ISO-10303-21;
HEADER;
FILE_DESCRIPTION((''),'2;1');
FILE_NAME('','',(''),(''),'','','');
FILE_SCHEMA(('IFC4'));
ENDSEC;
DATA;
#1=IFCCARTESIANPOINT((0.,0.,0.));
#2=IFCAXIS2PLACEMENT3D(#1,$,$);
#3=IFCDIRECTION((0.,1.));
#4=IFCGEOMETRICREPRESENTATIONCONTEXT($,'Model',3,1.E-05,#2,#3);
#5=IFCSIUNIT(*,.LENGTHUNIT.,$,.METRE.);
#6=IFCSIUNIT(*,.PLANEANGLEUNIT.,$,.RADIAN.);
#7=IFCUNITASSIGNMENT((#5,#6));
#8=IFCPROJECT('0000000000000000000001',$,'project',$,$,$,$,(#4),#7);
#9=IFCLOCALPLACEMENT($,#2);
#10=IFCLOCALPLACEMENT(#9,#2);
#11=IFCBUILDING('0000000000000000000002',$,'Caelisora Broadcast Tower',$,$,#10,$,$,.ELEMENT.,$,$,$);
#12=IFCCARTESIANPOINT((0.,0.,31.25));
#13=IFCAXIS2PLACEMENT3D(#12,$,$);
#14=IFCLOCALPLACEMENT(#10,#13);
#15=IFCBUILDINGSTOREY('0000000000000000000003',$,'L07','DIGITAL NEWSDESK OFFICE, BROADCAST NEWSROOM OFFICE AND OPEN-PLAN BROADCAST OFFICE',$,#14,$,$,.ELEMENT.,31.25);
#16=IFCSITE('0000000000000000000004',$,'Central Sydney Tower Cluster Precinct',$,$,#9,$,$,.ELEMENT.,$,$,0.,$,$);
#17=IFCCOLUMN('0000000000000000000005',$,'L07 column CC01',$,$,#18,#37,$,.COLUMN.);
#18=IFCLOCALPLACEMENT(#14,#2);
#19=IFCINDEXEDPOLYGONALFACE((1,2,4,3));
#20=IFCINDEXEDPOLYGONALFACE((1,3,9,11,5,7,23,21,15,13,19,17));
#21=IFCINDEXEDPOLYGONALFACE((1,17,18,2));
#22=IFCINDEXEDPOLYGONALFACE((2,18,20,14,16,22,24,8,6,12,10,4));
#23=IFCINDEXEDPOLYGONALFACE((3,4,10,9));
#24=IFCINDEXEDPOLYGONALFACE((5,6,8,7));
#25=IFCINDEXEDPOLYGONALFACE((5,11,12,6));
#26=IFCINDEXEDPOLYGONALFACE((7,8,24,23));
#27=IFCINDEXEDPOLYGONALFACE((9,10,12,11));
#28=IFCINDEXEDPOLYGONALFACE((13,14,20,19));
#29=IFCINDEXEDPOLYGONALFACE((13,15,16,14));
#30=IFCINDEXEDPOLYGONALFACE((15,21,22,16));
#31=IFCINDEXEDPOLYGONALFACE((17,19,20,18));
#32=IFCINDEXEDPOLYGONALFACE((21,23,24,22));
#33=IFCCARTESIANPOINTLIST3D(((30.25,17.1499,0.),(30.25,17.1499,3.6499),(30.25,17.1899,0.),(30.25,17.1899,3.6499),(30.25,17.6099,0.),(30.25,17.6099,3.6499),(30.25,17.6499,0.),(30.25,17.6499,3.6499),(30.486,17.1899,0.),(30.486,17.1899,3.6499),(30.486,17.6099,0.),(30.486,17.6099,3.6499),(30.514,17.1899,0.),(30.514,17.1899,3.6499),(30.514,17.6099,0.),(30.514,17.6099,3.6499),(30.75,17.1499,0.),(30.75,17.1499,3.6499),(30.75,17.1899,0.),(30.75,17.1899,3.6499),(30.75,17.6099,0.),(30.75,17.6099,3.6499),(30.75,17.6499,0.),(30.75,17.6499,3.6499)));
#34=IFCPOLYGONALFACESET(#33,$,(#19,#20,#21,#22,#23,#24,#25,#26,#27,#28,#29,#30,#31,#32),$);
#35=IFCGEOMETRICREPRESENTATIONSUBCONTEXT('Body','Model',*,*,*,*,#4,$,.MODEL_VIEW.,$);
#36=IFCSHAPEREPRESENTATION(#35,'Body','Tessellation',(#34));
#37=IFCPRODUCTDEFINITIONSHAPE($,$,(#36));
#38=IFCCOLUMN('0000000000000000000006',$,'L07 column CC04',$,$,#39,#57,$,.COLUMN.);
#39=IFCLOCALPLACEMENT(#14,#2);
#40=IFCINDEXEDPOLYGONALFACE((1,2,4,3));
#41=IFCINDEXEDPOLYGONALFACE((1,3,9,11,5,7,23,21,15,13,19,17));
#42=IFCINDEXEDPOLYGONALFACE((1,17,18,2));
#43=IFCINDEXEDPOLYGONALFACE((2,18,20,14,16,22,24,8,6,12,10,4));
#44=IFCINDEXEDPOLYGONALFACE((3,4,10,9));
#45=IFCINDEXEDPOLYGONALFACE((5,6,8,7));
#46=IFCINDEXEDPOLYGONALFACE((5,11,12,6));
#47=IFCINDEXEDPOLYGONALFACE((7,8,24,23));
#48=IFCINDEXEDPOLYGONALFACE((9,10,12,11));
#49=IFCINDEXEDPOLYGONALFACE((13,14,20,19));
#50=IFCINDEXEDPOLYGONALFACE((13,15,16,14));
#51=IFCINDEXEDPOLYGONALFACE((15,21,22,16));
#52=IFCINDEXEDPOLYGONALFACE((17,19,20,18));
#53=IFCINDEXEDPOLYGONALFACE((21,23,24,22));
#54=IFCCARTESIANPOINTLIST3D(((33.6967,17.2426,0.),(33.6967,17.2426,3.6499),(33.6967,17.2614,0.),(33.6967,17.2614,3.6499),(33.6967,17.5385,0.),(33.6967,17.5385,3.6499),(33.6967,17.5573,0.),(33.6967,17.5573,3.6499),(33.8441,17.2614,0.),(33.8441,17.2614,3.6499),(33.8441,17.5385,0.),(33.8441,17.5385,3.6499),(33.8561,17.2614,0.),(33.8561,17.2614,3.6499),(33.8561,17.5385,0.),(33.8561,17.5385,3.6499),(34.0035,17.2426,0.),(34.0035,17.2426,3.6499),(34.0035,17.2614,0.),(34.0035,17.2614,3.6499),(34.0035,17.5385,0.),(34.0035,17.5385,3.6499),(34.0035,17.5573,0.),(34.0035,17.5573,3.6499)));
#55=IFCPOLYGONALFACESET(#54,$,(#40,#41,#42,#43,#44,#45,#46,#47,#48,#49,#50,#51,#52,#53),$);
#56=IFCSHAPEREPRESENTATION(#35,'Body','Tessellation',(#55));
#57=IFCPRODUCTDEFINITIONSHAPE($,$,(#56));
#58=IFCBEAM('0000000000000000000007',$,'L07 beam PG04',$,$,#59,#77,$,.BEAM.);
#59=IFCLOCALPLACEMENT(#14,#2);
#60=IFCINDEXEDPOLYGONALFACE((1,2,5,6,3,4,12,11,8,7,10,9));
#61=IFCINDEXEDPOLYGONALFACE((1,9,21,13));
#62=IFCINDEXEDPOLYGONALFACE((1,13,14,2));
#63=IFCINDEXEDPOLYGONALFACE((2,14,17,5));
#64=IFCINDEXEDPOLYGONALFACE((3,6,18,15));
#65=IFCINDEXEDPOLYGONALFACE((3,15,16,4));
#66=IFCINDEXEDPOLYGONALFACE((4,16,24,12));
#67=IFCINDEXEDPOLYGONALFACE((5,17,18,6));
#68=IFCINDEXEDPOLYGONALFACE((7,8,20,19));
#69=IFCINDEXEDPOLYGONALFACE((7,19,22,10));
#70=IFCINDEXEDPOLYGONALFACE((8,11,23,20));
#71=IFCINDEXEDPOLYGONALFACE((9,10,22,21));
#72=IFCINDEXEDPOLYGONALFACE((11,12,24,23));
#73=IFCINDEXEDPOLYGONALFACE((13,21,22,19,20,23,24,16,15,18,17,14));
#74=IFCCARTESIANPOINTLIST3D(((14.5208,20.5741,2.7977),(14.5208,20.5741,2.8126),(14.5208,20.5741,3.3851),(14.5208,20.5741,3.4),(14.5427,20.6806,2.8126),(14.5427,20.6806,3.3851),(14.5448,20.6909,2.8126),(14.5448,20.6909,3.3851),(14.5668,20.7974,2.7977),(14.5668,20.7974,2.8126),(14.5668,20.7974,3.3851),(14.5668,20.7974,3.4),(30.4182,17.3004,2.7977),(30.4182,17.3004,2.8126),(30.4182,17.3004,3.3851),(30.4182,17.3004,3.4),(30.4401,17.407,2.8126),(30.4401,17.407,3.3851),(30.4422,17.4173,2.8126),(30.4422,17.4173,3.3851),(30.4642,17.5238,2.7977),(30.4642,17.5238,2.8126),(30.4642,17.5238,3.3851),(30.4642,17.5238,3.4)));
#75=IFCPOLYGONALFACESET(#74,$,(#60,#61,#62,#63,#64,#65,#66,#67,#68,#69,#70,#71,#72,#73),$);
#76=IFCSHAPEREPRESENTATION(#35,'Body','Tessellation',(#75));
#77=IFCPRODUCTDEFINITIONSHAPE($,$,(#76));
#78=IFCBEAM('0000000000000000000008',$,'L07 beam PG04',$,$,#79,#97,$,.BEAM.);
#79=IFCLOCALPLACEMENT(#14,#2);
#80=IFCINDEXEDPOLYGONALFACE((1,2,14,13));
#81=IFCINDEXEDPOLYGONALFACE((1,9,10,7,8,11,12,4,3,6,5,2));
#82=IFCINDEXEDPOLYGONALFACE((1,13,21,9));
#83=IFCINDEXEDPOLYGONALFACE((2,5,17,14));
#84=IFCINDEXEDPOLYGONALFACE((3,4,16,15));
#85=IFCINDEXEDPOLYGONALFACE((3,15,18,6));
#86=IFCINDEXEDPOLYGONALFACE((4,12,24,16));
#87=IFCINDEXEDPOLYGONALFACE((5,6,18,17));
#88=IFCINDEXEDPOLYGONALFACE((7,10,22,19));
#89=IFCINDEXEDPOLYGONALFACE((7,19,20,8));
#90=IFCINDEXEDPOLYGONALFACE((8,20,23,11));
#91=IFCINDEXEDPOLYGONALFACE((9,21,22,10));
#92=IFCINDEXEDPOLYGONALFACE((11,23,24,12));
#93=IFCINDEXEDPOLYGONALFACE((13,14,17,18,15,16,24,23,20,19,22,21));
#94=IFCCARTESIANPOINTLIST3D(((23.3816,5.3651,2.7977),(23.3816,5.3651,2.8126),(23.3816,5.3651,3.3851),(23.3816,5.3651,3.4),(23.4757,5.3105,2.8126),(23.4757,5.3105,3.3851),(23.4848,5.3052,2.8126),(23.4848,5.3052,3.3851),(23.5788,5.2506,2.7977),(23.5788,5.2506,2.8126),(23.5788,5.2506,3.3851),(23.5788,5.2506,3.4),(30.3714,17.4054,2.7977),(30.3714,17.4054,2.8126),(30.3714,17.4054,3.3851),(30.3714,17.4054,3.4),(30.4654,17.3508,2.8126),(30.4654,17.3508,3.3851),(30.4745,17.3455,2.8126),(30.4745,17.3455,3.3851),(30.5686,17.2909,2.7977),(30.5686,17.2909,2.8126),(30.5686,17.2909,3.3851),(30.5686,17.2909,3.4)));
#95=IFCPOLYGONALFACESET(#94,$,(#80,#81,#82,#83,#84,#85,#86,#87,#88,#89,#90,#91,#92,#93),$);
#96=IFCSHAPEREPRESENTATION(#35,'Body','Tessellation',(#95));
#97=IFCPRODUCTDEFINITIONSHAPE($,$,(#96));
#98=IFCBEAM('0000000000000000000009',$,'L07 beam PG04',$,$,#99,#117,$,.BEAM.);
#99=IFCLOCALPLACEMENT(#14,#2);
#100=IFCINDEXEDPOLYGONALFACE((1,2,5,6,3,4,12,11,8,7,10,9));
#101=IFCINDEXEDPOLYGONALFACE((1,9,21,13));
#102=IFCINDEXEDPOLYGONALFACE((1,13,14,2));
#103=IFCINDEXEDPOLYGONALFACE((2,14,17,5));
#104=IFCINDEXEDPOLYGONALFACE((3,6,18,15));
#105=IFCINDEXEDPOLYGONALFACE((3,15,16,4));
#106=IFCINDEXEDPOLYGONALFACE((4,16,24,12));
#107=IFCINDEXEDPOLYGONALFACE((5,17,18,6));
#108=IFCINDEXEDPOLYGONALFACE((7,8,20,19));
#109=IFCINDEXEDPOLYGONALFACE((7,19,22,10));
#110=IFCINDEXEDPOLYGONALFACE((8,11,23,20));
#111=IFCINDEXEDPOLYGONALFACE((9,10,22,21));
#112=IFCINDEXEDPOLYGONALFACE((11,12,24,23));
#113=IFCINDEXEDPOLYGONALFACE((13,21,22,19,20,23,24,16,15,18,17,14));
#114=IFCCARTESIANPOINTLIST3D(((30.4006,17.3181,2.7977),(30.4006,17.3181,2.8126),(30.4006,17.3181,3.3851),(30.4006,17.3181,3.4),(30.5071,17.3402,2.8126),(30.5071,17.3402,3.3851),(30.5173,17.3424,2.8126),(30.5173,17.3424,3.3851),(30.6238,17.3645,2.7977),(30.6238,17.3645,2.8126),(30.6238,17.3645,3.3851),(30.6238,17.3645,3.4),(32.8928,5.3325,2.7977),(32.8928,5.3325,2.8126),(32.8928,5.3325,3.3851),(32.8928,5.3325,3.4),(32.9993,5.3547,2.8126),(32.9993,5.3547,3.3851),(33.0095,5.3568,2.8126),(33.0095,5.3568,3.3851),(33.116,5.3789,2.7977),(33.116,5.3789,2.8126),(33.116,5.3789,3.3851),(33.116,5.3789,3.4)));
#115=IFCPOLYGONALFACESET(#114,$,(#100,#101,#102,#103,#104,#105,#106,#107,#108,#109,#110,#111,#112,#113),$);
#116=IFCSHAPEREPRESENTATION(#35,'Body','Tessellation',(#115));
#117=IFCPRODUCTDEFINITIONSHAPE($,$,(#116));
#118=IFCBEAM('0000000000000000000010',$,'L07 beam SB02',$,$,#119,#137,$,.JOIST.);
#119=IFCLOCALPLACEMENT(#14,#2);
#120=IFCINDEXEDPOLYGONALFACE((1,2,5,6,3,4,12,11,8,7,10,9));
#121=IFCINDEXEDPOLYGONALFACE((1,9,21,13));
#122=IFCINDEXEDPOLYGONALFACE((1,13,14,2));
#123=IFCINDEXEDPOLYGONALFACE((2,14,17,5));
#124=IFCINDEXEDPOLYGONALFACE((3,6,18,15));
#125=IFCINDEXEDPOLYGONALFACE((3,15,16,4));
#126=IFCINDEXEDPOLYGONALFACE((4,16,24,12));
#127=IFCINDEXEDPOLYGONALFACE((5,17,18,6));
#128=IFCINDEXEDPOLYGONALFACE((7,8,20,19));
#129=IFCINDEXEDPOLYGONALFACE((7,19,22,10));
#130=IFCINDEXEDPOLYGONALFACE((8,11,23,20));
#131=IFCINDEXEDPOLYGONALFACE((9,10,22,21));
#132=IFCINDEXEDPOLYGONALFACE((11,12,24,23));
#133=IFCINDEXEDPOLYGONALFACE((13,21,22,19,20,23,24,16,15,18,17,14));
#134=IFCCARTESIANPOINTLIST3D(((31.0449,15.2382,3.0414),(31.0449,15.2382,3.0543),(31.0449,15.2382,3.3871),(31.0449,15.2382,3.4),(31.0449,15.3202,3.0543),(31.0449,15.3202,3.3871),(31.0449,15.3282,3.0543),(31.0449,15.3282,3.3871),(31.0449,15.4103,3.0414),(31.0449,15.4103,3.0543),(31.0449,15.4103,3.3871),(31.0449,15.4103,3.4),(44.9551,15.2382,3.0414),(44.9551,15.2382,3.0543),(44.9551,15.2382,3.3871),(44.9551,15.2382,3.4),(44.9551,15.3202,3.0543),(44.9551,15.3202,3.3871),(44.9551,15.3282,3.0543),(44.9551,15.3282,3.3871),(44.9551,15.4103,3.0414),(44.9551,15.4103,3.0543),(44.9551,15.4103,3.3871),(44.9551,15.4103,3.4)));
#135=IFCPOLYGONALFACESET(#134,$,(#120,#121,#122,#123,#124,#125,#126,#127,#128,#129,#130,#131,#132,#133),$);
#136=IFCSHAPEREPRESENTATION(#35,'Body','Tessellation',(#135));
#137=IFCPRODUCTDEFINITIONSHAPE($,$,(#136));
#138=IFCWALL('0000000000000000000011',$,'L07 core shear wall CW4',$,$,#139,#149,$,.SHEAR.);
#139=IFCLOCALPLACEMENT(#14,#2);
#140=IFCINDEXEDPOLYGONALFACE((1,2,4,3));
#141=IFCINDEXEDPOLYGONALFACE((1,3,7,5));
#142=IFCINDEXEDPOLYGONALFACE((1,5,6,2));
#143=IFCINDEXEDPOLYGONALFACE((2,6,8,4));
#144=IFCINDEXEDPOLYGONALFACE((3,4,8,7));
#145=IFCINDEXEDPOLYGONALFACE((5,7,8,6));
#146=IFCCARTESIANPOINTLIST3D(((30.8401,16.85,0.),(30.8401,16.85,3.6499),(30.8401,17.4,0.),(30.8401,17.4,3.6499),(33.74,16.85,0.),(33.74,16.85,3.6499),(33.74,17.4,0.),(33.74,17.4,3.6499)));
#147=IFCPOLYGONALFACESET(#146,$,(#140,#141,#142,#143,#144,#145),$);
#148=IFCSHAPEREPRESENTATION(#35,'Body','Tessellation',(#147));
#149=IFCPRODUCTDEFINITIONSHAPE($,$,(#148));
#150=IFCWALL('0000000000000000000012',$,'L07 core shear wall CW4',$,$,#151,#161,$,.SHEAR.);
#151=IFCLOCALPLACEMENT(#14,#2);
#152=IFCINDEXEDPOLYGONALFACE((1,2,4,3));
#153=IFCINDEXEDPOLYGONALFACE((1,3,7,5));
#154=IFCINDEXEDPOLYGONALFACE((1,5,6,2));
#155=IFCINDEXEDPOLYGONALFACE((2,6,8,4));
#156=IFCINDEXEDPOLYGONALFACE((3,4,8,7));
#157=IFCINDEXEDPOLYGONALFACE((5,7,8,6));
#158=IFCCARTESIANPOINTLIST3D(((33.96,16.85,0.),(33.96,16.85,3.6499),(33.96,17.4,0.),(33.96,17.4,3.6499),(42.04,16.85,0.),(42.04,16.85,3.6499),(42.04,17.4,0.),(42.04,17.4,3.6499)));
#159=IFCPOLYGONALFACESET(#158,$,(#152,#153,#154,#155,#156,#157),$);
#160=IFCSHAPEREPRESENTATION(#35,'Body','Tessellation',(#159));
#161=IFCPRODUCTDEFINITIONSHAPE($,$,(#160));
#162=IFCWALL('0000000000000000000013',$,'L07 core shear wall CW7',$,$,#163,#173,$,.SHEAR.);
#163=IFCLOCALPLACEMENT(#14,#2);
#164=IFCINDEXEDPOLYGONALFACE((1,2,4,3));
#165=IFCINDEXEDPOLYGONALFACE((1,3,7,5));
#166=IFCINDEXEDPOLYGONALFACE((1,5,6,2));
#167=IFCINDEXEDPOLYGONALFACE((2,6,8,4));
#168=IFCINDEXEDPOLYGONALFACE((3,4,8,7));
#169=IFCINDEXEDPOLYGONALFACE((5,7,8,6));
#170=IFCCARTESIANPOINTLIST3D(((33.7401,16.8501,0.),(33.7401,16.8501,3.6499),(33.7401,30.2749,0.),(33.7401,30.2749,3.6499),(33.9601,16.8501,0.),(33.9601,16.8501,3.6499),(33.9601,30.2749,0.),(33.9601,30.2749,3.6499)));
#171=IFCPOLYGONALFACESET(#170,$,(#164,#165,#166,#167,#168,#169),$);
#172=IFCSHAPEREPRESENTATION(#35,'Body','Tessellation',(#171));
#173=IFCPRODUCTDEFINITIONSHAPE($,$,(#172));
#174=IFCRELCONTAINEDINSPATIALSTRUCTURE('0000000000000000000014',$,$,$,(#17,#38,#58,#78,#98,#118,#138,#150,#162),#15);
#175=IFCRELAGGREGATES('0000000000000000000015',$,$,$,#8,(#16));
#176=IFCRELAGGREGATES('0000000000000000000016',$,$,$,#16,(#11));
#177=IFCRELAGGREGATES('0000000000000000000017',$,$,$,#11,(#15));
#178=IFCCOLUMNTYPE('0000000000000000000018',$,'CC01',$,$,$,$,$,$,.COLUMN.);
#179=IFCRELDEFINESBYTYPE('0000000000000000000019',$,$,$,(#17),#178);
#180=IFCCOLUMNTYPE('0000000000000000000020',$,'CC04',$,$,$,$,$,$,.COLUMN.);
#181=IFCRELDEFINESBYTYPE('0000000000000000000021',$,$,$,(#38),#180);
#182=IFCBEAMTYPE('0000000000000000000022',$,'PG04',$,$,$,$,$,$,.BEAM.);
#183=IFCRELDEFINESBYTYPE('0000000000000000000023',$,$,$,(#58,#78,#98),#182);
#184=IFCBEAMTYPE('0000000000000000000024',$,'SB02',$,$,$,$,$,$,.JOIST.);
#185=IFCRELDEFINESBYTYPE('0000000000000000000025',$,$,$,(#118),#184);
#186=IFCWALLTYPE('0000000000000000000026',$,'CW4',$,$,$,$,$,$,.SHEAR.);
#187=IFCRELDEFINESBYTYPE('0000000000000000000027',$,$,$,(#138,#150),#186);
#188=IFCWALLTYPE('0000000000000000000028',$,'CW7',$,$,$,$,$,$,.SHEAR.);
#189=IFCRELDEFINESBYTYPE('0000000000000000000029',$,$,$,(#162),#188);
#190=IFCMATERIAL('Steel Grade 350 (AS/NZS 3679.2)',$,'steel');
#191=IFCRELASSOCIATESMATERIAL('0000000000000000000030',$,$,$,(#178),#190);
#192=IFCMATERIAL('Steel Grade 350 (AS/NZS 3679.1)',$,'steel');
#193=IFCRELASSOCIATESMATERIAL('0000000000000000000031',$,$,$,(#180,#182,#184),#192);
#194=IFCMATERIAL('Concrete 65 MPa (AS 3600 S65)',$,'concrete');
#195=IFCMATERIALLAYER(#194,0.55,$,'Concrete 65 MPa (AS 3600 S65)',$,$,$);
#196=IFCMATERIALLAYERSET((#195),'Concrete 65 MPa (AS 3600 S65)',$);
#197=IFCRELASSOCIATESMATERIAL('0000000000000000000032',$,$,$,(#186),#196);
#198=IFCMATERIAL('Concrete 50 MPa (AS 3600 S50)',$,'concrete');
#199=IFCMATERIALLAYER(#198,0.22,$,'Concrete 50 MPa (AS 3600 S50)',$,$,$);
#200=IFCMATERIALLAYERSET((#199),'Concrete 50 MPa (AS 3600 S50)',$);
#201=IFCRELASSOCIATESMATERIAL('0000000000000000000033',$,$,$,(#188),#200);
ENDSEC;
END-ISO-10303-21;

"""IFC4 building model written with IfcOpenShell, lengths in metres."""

from ifc_helpers import new_model, si_unit, direction, frame, frame_2d, origin, origin_2d, place, context, subcontext, project, spatial, rectangle, i_section, extrude, source, transform, mapped, material, layer, layer_set, material_profile, profile_set, type_object, type_shapes, element, save


model = new_model("IFC4")

# Units and contexts
model_context = context("Model", 3, precision=1e-05, world=origin(), true_north=direction((0.0, 1.0)))
body_context = subcontext(model_context, "Body", "Model", "MODEL_VIEW")
ifc_project = project(units=[si_unit("LENGTHUNIT", "METRE"), si_unit("PLANEANGLEUNIT", "RADIAN")], contexts=[model_context])

# Site, building, storey
site_placement = place(None, origin())
site = spatial("IfcSite", under=ifc_project, at=site_placement, Name="Central Sydney Tower Cluster Precinct", CompositionType="ELEMENT", RefElevation=0.0)
building_placement = place(site_placement, origin())
building = spatial("IfcBuilding", under=site, at=building_placement, Name="Caelisora Broadcast Tower", CompositionType="ELEMENT")
storey_placement = place(building_placement, frame((0.0, 0.0, 31.25)))
storey = spatial("IfcBuildingStorey", under=building, at=storey_placement, Name="L07", Description="DIGITAL NEWSDESK OFFICE, BROADCAST NEWSROOM OFFICE AND OPEN-PLAN BROADCAST OFFICE", CompositionType="ELEMENT", Elevation=31.25)

# Columns
ifc_material_1 = material(Name="Steel Grade 350 (AS/NZS 3679.2)", Category="steel")
ifc_material_profile_1 = material_profile(ifc_material_1, i_section(OverallWidth=0.5, OverallDepth=0.5, WebThickness=0.0281, FlangeThickness=0.04, at=origin_2d()), Name="Steel Grade 350 (AS/NZS 3679.2)")
ifc_profile_set_1 = profile_set([ifc_material_profile_1], Name="Steel Grade 350 (AS/NZS 3679.2)")
column_type_1 = type_object("IfcColumnType", Name="CC01", PredefinedType="COLUMN", material=ifc_profile_set_1)
shared_shape_1 = source(origin(), body_context, "Body", "SweptSolid", [
    extrude(i_section(OverallWidth=0.5, OverallDepth=0.5, WebThickness=0.0281, FlangeThickness=0.04, at=origin_2d()), origin(), (0.0, 0.0, 1.0), 3.6499),
])
type_shapes(column_type_1, [shared_shape_1])
column_1_placement = place(storey_placement, frame((30.5, 17.3999, 0.0), z_axis=(0.0, 0.0, 1.0), x_axis=(1.0, 0.0, 0.0)))
element("IfcColumn", 1, at=column_1_placement, inside=storey, type_object=column_type_1, Name="L07 column CC01", PredefinedType="COLUMN", context=body_context, shape_type="MappedRepresentation", body=[
    mapped(shared_shape_1, transform((0.0, 0.0, 0.0), scale=1.0)),
])
ifc_material_2 = material(Name="Steel Grade 350 (AS/NZS 3679.1)", Category="steel")
ifc_material_profile_2 = material_profile(ifc_material_2, i_section(OverallWidth=0.3069, OverallDepth=0.3147, WebThickness=0.012, FlangeThickness=0.0188, at=origin_2d()), Name="Steel Grade 350 (AS/NZS 3679.1)")
ifc_profile_set_2 = profile_set([ifc_material_profile_2], Name="Steel Grade 350 (AS/NZS 3679.1)")
column_type_2 = type_object("IfcColumnType", Name="CC04", PredefinedType="COLUMN", material=ifc_profile_set_2)
shared_shape_2 = source(origin(), body_context, "Body", "SweptSolid", [
    extrude(i_section(OverallWidth=0.3069, OverallDepth=0.3147, WebThickness=0.012, FlangeThickness=0.0188, at=origin_2d()), origin(), (0.0, 0.0, 1.0), 3.6499),
])
type_shapes(column_type_2, [shared_shape_2])
column_2_placement = place(storey_placement, frame((33.8501, 17.3999, 0.0), z_axis=(0.0, 0.0, 1.0), x_axis=(1.0, 0.0, 0.0)))
element("IfcColumn", 2, at=column_2_placement, inside=storey, type_object=column_type_2, Name="L07 column CC04", PredefinedType="COLUMN", context=body_context, shape_type="MappedRepresentation", body=[
    mapped(shared_shape_2, transform((0.0, 0.0, 0.0), scale=1.0)),
])

# Beams
ifc_material_profile_3 = material_profile(ifc_material_2, i_section(OverallWidth=0.228, OverallDepth=0.6023, WebThickness=0.0105, FlangeThickness=0.0149, at=origin_2d()), Name="Steel Grade 350 (AS/NZS 3679.1)")
ifc_profile_set_3 = profile_set([ifc_material_profile_3], Name="Steel Grade 350 (AS/NZS 3679.1)")
beam_type_1 = type_object("IfcBeamType", Name="PG04", PredefinedType="BEAM", material=ifc_profile_set_3)
shared_shape_3 = source(origin(), body_context, "Body", "SweptSolid", [
    extrude(i_section(OverallWidth=0.228, OverallDepth=0.6023, WebThickness=0.0105, FlangeThickness=0.0149, at=origin_2d()), origin(), (0.0, 0.0, 1.0), 16.231),
])
beam_1_placement = place(storey_placement, frame((30.4412, 17.4121, 3.0989), z_axis=(-0.979449, 0.201693, 0.0), x_axis=(-0.201693, -0.979449, 0.0)))
element("IfcBeam", 3, at=beam_1_placement, inside=storey, type_object=beam_type_1, Name="L07 beam PG04", PredefinedType="BEAM", context=body_context, shape_type="MappedRepresentation", body=[
    mapped(shared_shape_3, transform((0.0, 0.0, 0.0), scale=1.0)),
])
shared_shape_4 = source(origin(), body_context, "Body", "SweptSolid", [
    extrude(i_section(OverallWidth=0.228, OverallDepth=0.6023, WebThickness=0.0105, FlangeThickness=0.0149, at=origin_2d()), origin(), (0.0, 0.0, 1.0), 13.9221),
])
beam_2_placement = place(storey_placement, frame((30.47, 17.3481, 3.0989), z_axis=(-0.502061, -0.864832, 0.0), x_axis=(0.864832, -0.502061, 0.0)))
element("IfcBeam", 4, at=beam_2_placement, inside=storey, type_object=beam_type_1, Name="L07 beam PG04", PredefinedType="BEAM", context=body_context, shape_type="MappedRepresentation", body=[
    mapped(shared_shape_4, transform((0.0, 0.0, 0.0), scale=1.0)),
])
shared_shape_5 = source(origin(), body_context, "Body", "SweptSolid", [
    extrude(i_section(OverallWidth=0.228, OverallDepth=0.6023, WebThickness=0.0105, FlangeThickness=0.0149, at=origin_2d()), origin(), (0.0, 0.0, 1.0), 12.2419),
])
type_shapes(beam_type_1, [shared_shape_3, shared_shape_4, shared_shape_5])
beam_3_placement = place(storey_placement, frame((30.5122, 17.3413, 3.0989), z_axis=(0.203578, -0.979059, 0.0), x_axis=(0.979059, 0.203578, 0.0)))
element("IfcBeam", 5, at=beam_3_placement, inside=storey, type_object=beam_type_1, Name="L07 beam PG04", PredefinedType="BEAM", context=body_context, shape_type="MappedRepresentation", body=[
    mapped(shared_shape_5, transform((0.0, 0.0, 0.0), scale=1.0)),
])
ifc_material_profile_4 = material_profile(ifc_material_2, i_section(OverallWidth=0.1721, OverallDepth=0.3586, WebThickness=0.0081, FlangeThickness=0.0129, at=origin_2d()), Name="Steel Grade 350 (AS/NZS 3679.1)")
ifc_profile_set_4 = profile_set([ifc_material_profile_4], Name="Steel Grade 350 (AS/NZS 3679.1)")
beam_type_2 = type_object("IfcBeamType", Name="SB02", PredefinedType="JOIST", material=ifc_profile_set_4)
shared_shape_6 = source(origin(), body_context, "Body", "SweptSolid", [
    extrude(i_section(OverallWidth=0.1721, OverallDepth=0.3586, WebThickness=0.0081, FlangeThickness=0.0129, at=origin_2d()), origin(), (0.0, 0.0, 1.0), 13.9102),
])
type_shapes(beam_type_2, [shared_shape_6])
beam_4_placement = place(storey_placement, frame((31.0449, 15.3242, 3.2207), z_axis=(1.0, 0.0, 0.0), x_axis=(0.0, 1.0, 0.0)))
element("IfcBeam", 6, at=beam_4_placement, inside=storey, type_object=beam_type_2, Name="L07 beam SB02", PredefinedType="JOIST", context=body_context, shape_type="MappedRepresentation", body=[
    mapped(shared_shape_6, transform((0.0, 0.0, 0.0), scale=1.0)),
])

# Shared definitions
ifc_material_3 = material(Name="Concrete 65 MPa (AS 3600 S65)", Category="concrete")

# Walls
ifc_layer_1 = layer(ifc_material_3, 0.55, Name="Concrete 65 MPa (AS 3600 S65)")
ifc_layer_set_1 = layer_set([ifc_layer_1], Name="Concrete 65 MPa (AS 3600 S65)")
wall_type_1 = type_object("IfcWallType", Name="CW4", PredefinedType="SHEAR", material=ifc_layer_set_1)
wall_1_placement = place(storey_placement, frame((30.8401, 17.125, 0.0), z_axis=(0.0, 0.0, 1.0), x_axis=(1.0, 0.0, 0.0)))
element("IfcWall", 7, at=wall_1_placement, inside=storey, type_object=wall_type_1, Name="L07 core shear wall CW4", PredefinedType="SHEAR", context=body_context, shape_type="SweptSolid", body=[
    extrude(rectangle(XDim=2.8999, YDim=0.55, at=frame_2d((1.45, 0.0))), origin(), (0.0, 0.0, 1.0), 3.6499),
])
wall_2_placement = place(storey_placement, frame((33.96, 17.125, 0.0), z_axis=(0.0, 0.0, 1.0), x_axis=(1.0, 0.0, 0.0)))
element("IfcWall", 8, at=wall_2_placement, inside=storey, type_object=wall_type_1, Name="L07 core shear wall CW4", PredefinedType="SHEAR", context=body_context, shape_type="SweptSolid", body=[
    extrude(rectangle(XDim=8.0801, YDim=0.55, at=frame_2d((4.04, 0.0))), origin(), (0.0, 0.0, 1.0), 3.6499),
])
ifc_material_4 = material(Name="Concrete 50 MPa (AS 3600 S50)", Category="concrete")
ifc_layer_2 = layer(ifc_material_4, 0.22, Name="Concrete 50 MPa (AS 3600 S50)")
ifc_layer_set_2 = layer_set([ifc_layer_2], Name="Concrete 50 MPa (AS 3600 S50)")
wall_type_2 = type_object("IfcWallType", Name="CW7", PredefinedType="SHEAR", material=ifc_layer_set_2)
wall_3_placement = place(storey_placement, frame((33.8501, 16.8501, 0.0), z_axis=(0.0, 0.0, 1.0), x_axis=(0.0, 1.0, 0.0)))
element("IfcWall", 9, at=wall_3_placement, inside=storey, type_object=wall_type_2, Name="L07 core shear wall CW7", PredefinedType="SHEAR", context=body_context, shape_type="SweptSolid", body=[
    extrude(rectangle(XDim=13.4248, YDim=0.22, at=frame_2d((6.7124, 0.0))), origin(), (0.0, 0.0, 1.0), 3.6499),
])

save(model, "model.ifc")
